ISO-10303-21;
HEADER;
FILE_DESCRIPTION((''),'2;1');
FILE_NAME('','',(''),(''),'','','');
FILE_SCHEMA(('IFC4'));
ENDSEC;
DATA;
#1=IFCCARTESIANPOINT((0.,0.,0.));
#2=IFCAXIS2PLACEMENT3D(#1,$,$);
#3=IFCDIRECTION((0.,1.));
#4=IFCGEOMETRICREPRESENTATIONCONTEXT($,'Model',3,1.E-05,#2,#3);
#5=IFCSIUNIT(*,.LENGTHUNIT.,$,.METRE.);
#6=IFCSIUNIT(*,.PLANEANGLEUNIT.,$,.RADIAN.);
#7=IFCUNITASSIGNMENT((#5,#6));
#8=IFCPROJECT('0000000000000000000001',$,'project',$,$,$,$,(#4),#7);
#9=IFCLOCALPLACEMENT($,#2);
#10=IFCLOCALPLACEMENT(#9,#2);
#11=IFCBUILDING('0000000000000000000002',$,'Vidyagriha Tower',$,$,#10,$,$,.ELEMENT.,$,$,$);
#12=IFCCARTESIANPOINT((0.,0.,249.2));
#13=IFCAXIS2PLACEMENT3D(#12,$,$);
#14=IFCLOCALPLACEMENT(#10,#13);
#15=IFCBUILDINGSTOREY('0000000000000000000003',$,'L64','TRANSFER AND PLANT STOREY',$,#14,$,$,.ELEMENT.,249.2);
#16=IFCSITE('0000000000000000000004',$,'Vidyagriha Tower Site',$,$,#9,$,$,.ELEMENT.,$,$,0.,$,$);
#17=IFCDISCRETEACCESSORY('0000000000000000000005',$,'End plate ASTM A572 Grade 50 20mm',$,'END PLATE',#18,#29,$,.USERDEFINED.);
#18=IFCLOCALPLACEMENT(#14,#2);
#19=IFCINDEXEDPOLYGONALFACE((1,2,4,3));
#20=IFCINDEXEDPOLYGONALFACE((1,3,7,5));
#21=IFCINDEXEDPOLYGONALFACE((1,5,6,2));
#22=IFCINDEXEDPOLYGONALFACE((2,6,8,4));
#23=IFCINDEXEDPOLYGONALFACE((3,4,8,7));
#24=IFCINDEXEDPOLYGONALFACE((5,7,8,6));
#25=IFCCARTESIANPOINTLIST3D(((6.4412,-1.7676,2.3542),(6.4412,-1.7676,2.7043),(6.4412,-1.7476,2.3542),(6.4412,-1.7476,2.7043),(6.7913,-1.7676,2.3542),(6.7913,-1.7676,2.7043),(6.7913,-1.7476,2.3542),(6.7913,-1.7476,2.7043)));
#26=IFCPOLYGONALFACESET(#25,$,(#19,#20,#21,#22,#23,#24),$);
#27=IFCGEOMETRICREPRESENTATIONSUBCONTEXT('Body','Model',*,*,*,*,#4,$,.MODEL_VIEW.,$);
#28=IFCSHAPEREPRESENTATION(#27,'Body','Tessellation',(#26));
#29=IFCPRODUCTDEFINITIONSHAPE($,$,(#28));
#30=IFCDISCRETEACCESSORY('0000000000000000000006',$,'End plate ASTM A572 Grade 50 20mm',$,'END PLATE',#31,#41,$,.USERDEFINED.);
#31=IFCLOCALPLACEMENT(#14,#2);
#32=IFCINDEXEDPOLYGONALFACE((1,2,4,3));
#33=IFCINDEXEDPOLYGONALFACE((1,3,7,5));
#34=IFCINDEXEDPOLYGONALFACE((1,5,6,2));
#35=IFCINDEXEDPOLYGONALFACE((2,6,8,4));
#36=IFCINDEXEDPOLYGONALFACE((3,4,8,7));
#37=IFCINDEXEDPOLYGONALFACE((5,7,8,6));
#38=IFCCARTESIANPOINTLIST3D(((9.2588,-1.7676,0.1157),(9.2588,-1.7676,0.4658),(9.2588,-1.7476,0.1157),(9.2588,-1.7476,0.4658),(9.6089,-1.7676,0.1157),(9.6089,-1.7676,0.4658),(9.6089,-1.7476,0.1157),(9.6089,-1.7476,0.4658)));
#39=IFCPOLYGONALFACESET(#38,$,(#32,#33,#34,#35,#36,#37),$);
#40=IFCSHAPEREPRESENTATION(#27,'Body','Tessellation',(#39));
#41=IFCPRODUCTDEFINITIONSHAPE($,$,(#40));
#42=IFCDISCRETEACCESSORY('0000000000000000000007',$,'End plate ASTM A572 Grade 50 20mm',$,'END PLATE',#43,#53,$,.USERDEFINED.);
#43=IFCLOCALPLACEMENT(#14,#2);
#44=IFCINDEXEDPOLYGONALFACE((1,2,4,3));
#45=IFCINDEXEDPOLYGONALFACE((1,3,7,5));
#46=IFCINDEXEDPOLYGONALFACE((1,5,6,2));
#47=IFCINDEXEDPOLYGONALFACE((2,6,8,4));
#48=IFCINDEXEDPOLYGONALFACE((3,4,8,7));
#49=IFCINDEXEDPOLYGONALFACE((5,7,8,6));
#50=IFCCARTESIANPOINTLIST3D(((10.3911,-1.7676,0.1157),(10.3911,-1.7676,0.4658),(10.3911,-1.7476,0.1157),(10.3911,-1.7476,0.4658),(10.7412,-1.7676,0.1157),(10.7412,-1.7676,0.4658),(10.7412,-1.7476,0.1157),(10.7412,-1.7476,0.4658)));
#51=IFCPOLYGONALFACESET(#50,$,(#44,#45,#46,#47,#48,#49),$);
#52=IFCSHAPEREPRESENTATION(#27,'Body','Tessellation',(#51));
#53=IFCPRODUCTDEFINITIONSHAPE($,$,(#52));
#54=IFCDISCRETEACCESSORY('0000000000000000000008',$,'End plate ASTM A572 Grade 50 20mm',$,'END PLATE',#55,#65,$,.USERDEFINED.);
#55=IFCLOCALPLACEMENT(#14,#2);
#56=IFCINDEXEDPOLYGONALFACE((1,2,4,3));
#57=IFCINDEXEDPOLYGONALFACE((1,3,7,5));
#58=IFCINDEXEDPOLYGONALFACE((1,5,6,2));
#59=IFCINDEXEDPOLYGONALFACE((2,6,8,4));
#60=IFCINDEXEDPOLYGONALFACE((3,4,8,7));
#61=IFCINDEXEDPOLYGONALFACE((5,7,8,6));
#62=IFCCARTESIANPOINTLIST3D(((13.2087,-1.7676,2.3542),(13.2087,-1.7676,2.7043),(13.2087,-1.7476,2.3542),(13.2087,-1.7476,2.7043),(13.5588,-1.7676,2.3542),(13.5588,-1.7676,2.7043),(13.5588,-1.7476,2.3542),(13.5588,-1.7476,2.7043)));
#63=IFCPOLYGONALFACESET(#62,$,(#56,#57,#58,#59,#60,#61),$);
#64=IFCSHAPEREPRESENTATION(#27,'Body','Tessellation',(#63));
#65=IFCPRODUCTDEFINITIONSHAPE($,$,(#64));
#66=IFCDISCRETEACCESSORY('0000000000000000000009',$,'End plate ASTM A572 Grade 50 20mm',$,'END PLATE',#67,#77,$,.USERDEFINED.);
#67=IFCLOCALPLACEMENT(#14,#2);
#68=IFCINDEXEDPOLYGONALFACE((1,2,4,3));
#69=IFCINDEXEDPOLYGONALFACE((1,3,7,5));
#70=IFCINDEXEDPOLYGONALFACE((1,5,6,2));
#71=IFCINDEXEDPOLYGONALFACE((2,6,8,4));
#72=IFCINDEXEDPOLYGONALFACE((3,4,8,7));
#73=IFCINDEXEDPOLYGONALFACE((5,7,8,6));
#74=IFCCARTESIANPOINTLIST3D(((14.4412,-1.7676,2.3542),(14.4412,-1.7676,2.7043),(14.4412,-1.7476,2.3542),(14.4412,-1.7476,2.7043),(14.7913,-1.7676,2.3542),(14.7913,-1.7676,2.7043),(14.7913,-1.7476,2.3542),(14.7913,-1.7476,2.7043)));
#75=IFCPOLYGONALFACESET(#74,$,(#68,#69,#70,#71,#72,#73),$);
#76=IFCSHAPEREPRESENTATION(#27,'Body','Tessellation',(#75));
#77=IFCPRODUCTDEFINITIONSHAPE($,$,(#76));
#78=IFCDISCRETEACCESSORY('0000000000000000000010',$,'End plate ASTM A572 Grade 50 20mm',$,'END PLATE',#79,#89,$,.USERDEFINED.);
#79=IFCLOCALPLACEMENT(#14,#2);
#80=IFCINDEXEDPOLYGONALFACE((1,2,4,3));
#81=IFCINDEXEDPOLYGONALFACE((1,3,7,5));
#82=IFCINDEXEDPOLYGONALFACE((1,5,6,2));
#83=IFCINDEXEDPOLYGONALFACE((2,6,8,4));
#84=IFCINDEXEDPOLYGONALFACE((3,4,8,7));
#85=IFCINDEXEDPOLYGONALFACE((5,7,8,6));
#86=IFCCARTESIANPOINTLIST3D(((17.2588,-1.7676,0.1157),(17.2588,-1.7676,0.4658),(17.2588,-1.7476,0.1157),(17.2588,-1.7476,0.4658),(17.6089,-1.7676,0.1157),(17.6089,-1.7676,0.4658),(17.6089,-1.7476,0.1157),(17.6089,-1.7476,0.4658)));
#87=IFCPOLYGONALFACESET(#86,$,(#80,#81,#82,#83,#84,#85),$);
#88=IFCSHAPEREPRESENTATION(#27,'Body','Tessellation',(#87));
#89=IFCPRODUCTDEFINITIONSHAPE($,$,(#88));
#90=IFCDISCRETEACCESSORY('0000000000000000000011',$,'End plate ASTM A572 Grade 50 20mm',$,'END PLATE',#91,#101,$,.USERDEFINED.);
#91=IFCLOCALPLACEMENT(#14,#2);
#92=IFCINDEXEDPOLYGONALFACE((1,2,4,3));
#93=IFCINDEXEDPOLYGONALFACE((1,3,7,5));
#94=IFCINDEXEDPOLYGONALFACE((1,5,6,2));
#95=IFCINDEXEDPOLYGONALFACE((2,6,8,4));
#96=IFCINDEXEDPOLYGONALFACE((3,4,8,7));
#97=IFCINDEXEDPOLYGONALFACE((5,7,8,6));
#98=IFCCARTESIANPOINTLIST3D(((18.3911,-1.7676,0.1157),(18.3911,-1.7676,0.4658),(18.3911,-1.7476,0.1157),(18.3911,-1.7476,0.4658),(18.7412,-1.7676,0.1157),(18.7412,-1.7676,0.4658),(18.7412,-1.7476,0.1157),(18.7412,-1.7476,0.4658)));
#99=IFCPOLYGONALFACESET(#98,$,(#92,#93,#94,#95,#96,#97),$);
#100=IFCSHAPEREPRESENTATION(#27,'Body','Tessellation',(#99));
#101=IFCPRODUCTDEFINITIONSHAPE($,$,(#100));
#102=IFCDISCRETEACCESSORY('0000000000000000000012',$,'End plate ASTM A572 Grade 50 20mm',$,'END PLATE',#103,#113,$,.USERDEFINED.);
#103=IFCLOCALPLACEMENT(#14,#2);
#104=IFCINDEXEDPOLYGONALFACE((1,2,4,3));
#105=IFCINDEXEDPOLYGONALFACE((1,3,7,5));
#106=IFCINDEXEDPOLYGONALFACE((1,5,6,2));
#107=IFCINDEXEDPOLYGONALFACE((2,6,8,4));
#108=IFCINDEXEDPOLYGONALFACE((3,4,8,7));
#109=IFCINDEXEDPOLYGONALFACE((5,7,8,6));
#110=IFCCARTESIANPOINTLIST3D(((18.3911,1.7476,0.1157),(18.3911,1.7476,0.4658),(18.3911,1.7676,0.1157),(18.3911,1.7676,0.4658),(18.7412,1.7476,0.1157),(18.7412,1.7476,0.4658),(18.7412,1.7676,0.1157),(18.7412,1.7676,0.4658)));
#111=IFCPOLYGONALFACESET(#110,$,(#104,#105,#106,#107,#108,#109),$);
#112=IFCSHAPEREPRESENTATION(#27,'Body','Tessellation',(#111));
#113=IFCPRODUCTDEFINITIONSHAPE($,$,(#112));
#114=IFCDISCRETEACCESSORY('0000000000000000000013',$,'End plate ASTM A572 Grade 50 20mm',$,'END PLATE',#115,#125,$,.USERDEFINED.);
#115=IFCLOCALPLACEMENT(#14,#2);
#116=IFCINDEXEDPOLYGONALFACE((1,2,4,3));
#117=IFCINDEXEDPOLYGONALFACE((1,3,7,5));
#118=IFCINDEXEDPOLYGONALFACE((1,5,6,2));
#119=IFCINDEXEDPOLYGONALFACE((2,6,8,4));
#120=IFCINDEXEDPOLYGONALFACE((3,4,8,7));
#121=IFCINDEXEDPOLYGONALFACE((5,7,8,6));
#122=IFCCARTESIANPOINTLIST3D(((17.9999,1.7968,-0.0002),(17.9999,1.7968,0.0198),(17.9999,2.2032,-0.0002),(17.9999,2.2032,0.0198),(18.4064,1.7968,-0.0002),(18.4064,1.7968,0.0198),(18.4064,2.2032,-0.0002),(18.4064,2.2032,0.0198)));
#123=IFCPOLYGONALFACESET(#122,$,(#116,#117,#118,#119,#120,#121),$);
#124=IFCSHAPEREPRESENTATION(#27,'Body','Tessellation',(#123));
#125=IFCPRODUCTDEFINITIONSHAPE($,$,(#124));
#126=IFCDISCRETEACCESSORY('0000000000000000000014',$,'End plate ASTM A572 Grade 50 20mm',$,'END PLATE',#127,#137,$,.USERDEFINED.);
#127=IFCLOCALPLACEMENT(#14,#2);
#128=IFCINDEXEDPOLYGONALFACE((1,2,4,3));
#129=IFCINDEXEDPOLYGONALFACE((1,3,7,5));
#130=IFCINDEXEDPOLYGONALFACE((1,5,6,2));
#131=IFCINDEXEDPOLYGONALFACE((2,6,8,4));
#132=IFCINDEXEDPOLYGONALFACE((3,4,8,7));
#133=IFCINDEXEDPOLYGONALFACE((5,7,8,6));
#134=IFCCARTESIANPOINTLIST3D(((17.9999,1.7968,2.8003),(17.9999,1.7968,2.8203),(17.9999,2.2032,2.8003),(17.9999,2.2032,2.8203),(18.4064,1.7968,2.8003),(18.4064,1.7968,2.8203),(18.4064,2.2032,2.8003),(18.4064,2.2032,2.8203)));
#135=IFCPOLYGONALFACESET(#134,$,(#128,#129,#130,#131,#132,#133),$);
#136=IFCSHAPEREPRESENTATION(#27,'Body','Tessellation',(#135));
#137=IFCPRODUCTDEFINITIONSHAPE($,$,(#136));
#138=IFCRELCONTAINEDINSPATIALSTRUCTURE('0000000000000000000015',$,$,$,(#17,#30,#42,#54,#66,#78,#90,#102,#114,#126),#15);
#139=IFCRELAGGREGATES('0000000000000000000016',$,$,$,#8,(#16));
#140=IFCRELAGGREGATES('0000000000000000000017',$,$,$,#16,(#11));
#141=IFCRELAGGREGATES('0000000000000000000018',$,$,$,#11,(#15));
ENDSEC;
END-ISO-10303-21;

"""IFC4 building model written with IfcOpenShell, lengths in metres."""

from ifc_helpers import new_model, si_unit, direction, frame, origin, origin_2d, place, context, subcontext, project, spatial, rectangle, extrude, element, save


model = new_model("IFC4")

# Units and contexts
model_context = context("Model", 3, precision=1e-05, world=origin(), true_north=direction((0.0, 1.0)))
body_context = subcontext(model_context, "Body", "Model", "MODEL_VIEW")
ifc_project = project(units=[si_unit("LENGTHUNIT", "METRE"), si_unit("PLANEANGLEUNIT", "RADIAN")], contexts=[model_context])

# Site, building, storey
site_placement = place(None, origin())
site = spatial("IfcSite", under=ifc_project, at=site_placement, Name="Vidyagriha Tower Site", CompositionType="ELEMENT", RefElevation=0.0)
building_placement = place(site_placement, origin())
building = spatial("IfcBuilding", under=site, at=building_placement, Name="Vidyagriha Tower", CompositionType="ELEMENT")
storey_placement = place(building_placement, frame((0.0, 0.0, 249.2)))
storey = spatial("IfcBuildingStorey", under=building, at=storey_placement, Name="L64", Description="TRANSFER AND PLANT STOREY", CompositionType="ELEMENT", Elevation=249.2)

# Discrete accessories
discrete_accessory_1_placement = place(storey_placement, frame((6.6162, -1.7576, 2.3542), z_axis=(0.0, 0.0, 1.0), x_axis=(-1.0, 0.0, 0.0)))
element("IfcDiscreteAccessory", 1, at=discrete_accessory_1_placement, inside=storey, Name="End plate ASTM A572 Grade 50 20mm", ObjectType="END PLATE", PredefinedType="USERDEFINED", context=body_context, shape_type="SweptSolid", body=[
    extrude(rectangle(XDim=0.3501, YDim=0.02, at=origin_2d()), origin(), (0.0, 0.0, 1.0), 0.3501),
])
discrete_accessory_2_placement = place(storey_placement, frame((9.4338, -1.7576, 0.1157)))
element("IfcDiscreteAccessory", 2, at=discrete_accessory_2_placement, inside=storey, Name="End plate ASTM A572 Grade 50 20mm", ObjectType="END PLATE", PredefinedType="USERDEFINED", context=body_context, shape_type="SweptSolid", body=[
    extrude(rectangle(XDim=0.3501, YDim=0.02, at=origin_2d()), origin(), (0.0, 0.0, 1.0), 0.3501),
])
discrete_accessory_3_placement = place(storey_placement, frame((10.5662, -1.7576, 0.1157), z_axis=(0.0, 0.0, 1.0), x_axis=(-1.0, 0.0, 0.0)))
element("IfcDiscreteAccessory", 3, at=discrete_accessory_3_placement, inside=storey, Name="End plate ASTM A572 Grade 50 20mm", ObjectType="END PLATE", PredefinedType="USERDEFINED", context=body_context, shape_type="SweptSolid", body=[
    extrude(rectangle(XDim=0.3501, YDim=0.02, at=origin_2d()), origin(), (0.0, 0.0, 1.0), 0.3501),
])
discrete_accessory_4_placement = place(storey_placement, frame((13.3838, -1.7576, 2.3542)))
element("IfcDiscreteAccessory", 4, at=discrete_accessory_4_placement, inside=storey, Name="End plate ASTM A572 Grade 50 20mm", ObjectType="END PLATE", PredefinedType="USERDEFINED", context=body_context, shape_type="SweptSolid", body=[
    extrude(rectangle(XDim=0.3501, YDim=0.02, at=origin_2d()), origin(), (0.0, 0.0, 1.0), 0.3501),
])
discrete_accessory_5_placement = place(storey_placement, frame((14.6162, -1.7576, 2.3542), z_axis=(0.0, 0.0, 1.0), x_axis=(-1.0, 0.0, 0.0)))
element("IfcDiscreteAccessory", 5, at=discrete_accessory_5_placement, inside=storey, Name="End plate ASTM A572 Grade 50 20mm", ObjectType="END PLATE", PredefinedType="USERDEFINED", context=body_context, shape_type="SweptSolid", body=[
    extrude(rectangle(XDim=0.3501, YDim=0.02, at=origin_2d()), origin(), (0.0, 0.0, 1.0), 0.3501),
])
discrete_accessory_6_placement = place(storey_placement, frame((17.4338, -1.7576, 0.1157)))
element("IfcDiscreteAccessory", 6, at=discrete_accessory_6_placement, inside=storey, Name="End plate ASTM A572 Grade 50 20mm", ObjectType="END PLATE", PredefinedType="USERDEFINED", context=body_context, shape_type="SweptSolid", body=[
    extrude(rectangle(XDim=0.3501, YDim=0.02, at=origin_2d()), origin(), (0.0, 0.0, 1.0), 0.3501),
])
for number, where, z_axis, x_axis, name in (
    (7, (18.5662, -1.7576, 0.1157), (0.0, 0.0, 1.0), (-1.0, 0.0, 0.0), "End plate ASTM A572 Grade 50 20mm"),
    (8, (18.5662, 1.7576, 0.1157), (0.0, 0.0, 1.0), (-1.0, 0.0, 0.0), "End plate ASTM A572 Grade 50 20mm"),
):
    element("IfcDiscreteAccessory", number, at=place(storey_placement, frame(where, z_axis=z_axis, x_axis=x_axis)), inside=storey, Name=name, ObjectType="END PLATE", PredefinedType="USERDEFINED", context=body_context, shape_type="SweptSolid", body=[
        extrude(rectangle(XDim=0.3501, YDim=0.02, at=origin_2d()), origin(), (0.0, 0.0, 1.0), 0.3501),
    ])
for number, where, name in (
    (9, (18.2031, 2.0, -0.0002), "End plate ASTM A572 Grade 50 20mm"),
    (10, (18.2031, 2.0, 2.8003), "End plate ASTM A572 Grade 50 20mm"),
):
    element("IfcDiscreteAccessory", number, at=place(storey_placement, frame(where)), inside=storey, Name=name, ObjectType="END PLATE", PredefinedType="USERDEFINED", context=body_context, shape_type="SweptSolid", body=[
        extrude(rectangle(XDim=0.4065, YDim=0.4065, at=origin_2d()), origin(), (0.0, 0.0, 1.0), 0.02),
    ])

save(model, "model.ifc")
